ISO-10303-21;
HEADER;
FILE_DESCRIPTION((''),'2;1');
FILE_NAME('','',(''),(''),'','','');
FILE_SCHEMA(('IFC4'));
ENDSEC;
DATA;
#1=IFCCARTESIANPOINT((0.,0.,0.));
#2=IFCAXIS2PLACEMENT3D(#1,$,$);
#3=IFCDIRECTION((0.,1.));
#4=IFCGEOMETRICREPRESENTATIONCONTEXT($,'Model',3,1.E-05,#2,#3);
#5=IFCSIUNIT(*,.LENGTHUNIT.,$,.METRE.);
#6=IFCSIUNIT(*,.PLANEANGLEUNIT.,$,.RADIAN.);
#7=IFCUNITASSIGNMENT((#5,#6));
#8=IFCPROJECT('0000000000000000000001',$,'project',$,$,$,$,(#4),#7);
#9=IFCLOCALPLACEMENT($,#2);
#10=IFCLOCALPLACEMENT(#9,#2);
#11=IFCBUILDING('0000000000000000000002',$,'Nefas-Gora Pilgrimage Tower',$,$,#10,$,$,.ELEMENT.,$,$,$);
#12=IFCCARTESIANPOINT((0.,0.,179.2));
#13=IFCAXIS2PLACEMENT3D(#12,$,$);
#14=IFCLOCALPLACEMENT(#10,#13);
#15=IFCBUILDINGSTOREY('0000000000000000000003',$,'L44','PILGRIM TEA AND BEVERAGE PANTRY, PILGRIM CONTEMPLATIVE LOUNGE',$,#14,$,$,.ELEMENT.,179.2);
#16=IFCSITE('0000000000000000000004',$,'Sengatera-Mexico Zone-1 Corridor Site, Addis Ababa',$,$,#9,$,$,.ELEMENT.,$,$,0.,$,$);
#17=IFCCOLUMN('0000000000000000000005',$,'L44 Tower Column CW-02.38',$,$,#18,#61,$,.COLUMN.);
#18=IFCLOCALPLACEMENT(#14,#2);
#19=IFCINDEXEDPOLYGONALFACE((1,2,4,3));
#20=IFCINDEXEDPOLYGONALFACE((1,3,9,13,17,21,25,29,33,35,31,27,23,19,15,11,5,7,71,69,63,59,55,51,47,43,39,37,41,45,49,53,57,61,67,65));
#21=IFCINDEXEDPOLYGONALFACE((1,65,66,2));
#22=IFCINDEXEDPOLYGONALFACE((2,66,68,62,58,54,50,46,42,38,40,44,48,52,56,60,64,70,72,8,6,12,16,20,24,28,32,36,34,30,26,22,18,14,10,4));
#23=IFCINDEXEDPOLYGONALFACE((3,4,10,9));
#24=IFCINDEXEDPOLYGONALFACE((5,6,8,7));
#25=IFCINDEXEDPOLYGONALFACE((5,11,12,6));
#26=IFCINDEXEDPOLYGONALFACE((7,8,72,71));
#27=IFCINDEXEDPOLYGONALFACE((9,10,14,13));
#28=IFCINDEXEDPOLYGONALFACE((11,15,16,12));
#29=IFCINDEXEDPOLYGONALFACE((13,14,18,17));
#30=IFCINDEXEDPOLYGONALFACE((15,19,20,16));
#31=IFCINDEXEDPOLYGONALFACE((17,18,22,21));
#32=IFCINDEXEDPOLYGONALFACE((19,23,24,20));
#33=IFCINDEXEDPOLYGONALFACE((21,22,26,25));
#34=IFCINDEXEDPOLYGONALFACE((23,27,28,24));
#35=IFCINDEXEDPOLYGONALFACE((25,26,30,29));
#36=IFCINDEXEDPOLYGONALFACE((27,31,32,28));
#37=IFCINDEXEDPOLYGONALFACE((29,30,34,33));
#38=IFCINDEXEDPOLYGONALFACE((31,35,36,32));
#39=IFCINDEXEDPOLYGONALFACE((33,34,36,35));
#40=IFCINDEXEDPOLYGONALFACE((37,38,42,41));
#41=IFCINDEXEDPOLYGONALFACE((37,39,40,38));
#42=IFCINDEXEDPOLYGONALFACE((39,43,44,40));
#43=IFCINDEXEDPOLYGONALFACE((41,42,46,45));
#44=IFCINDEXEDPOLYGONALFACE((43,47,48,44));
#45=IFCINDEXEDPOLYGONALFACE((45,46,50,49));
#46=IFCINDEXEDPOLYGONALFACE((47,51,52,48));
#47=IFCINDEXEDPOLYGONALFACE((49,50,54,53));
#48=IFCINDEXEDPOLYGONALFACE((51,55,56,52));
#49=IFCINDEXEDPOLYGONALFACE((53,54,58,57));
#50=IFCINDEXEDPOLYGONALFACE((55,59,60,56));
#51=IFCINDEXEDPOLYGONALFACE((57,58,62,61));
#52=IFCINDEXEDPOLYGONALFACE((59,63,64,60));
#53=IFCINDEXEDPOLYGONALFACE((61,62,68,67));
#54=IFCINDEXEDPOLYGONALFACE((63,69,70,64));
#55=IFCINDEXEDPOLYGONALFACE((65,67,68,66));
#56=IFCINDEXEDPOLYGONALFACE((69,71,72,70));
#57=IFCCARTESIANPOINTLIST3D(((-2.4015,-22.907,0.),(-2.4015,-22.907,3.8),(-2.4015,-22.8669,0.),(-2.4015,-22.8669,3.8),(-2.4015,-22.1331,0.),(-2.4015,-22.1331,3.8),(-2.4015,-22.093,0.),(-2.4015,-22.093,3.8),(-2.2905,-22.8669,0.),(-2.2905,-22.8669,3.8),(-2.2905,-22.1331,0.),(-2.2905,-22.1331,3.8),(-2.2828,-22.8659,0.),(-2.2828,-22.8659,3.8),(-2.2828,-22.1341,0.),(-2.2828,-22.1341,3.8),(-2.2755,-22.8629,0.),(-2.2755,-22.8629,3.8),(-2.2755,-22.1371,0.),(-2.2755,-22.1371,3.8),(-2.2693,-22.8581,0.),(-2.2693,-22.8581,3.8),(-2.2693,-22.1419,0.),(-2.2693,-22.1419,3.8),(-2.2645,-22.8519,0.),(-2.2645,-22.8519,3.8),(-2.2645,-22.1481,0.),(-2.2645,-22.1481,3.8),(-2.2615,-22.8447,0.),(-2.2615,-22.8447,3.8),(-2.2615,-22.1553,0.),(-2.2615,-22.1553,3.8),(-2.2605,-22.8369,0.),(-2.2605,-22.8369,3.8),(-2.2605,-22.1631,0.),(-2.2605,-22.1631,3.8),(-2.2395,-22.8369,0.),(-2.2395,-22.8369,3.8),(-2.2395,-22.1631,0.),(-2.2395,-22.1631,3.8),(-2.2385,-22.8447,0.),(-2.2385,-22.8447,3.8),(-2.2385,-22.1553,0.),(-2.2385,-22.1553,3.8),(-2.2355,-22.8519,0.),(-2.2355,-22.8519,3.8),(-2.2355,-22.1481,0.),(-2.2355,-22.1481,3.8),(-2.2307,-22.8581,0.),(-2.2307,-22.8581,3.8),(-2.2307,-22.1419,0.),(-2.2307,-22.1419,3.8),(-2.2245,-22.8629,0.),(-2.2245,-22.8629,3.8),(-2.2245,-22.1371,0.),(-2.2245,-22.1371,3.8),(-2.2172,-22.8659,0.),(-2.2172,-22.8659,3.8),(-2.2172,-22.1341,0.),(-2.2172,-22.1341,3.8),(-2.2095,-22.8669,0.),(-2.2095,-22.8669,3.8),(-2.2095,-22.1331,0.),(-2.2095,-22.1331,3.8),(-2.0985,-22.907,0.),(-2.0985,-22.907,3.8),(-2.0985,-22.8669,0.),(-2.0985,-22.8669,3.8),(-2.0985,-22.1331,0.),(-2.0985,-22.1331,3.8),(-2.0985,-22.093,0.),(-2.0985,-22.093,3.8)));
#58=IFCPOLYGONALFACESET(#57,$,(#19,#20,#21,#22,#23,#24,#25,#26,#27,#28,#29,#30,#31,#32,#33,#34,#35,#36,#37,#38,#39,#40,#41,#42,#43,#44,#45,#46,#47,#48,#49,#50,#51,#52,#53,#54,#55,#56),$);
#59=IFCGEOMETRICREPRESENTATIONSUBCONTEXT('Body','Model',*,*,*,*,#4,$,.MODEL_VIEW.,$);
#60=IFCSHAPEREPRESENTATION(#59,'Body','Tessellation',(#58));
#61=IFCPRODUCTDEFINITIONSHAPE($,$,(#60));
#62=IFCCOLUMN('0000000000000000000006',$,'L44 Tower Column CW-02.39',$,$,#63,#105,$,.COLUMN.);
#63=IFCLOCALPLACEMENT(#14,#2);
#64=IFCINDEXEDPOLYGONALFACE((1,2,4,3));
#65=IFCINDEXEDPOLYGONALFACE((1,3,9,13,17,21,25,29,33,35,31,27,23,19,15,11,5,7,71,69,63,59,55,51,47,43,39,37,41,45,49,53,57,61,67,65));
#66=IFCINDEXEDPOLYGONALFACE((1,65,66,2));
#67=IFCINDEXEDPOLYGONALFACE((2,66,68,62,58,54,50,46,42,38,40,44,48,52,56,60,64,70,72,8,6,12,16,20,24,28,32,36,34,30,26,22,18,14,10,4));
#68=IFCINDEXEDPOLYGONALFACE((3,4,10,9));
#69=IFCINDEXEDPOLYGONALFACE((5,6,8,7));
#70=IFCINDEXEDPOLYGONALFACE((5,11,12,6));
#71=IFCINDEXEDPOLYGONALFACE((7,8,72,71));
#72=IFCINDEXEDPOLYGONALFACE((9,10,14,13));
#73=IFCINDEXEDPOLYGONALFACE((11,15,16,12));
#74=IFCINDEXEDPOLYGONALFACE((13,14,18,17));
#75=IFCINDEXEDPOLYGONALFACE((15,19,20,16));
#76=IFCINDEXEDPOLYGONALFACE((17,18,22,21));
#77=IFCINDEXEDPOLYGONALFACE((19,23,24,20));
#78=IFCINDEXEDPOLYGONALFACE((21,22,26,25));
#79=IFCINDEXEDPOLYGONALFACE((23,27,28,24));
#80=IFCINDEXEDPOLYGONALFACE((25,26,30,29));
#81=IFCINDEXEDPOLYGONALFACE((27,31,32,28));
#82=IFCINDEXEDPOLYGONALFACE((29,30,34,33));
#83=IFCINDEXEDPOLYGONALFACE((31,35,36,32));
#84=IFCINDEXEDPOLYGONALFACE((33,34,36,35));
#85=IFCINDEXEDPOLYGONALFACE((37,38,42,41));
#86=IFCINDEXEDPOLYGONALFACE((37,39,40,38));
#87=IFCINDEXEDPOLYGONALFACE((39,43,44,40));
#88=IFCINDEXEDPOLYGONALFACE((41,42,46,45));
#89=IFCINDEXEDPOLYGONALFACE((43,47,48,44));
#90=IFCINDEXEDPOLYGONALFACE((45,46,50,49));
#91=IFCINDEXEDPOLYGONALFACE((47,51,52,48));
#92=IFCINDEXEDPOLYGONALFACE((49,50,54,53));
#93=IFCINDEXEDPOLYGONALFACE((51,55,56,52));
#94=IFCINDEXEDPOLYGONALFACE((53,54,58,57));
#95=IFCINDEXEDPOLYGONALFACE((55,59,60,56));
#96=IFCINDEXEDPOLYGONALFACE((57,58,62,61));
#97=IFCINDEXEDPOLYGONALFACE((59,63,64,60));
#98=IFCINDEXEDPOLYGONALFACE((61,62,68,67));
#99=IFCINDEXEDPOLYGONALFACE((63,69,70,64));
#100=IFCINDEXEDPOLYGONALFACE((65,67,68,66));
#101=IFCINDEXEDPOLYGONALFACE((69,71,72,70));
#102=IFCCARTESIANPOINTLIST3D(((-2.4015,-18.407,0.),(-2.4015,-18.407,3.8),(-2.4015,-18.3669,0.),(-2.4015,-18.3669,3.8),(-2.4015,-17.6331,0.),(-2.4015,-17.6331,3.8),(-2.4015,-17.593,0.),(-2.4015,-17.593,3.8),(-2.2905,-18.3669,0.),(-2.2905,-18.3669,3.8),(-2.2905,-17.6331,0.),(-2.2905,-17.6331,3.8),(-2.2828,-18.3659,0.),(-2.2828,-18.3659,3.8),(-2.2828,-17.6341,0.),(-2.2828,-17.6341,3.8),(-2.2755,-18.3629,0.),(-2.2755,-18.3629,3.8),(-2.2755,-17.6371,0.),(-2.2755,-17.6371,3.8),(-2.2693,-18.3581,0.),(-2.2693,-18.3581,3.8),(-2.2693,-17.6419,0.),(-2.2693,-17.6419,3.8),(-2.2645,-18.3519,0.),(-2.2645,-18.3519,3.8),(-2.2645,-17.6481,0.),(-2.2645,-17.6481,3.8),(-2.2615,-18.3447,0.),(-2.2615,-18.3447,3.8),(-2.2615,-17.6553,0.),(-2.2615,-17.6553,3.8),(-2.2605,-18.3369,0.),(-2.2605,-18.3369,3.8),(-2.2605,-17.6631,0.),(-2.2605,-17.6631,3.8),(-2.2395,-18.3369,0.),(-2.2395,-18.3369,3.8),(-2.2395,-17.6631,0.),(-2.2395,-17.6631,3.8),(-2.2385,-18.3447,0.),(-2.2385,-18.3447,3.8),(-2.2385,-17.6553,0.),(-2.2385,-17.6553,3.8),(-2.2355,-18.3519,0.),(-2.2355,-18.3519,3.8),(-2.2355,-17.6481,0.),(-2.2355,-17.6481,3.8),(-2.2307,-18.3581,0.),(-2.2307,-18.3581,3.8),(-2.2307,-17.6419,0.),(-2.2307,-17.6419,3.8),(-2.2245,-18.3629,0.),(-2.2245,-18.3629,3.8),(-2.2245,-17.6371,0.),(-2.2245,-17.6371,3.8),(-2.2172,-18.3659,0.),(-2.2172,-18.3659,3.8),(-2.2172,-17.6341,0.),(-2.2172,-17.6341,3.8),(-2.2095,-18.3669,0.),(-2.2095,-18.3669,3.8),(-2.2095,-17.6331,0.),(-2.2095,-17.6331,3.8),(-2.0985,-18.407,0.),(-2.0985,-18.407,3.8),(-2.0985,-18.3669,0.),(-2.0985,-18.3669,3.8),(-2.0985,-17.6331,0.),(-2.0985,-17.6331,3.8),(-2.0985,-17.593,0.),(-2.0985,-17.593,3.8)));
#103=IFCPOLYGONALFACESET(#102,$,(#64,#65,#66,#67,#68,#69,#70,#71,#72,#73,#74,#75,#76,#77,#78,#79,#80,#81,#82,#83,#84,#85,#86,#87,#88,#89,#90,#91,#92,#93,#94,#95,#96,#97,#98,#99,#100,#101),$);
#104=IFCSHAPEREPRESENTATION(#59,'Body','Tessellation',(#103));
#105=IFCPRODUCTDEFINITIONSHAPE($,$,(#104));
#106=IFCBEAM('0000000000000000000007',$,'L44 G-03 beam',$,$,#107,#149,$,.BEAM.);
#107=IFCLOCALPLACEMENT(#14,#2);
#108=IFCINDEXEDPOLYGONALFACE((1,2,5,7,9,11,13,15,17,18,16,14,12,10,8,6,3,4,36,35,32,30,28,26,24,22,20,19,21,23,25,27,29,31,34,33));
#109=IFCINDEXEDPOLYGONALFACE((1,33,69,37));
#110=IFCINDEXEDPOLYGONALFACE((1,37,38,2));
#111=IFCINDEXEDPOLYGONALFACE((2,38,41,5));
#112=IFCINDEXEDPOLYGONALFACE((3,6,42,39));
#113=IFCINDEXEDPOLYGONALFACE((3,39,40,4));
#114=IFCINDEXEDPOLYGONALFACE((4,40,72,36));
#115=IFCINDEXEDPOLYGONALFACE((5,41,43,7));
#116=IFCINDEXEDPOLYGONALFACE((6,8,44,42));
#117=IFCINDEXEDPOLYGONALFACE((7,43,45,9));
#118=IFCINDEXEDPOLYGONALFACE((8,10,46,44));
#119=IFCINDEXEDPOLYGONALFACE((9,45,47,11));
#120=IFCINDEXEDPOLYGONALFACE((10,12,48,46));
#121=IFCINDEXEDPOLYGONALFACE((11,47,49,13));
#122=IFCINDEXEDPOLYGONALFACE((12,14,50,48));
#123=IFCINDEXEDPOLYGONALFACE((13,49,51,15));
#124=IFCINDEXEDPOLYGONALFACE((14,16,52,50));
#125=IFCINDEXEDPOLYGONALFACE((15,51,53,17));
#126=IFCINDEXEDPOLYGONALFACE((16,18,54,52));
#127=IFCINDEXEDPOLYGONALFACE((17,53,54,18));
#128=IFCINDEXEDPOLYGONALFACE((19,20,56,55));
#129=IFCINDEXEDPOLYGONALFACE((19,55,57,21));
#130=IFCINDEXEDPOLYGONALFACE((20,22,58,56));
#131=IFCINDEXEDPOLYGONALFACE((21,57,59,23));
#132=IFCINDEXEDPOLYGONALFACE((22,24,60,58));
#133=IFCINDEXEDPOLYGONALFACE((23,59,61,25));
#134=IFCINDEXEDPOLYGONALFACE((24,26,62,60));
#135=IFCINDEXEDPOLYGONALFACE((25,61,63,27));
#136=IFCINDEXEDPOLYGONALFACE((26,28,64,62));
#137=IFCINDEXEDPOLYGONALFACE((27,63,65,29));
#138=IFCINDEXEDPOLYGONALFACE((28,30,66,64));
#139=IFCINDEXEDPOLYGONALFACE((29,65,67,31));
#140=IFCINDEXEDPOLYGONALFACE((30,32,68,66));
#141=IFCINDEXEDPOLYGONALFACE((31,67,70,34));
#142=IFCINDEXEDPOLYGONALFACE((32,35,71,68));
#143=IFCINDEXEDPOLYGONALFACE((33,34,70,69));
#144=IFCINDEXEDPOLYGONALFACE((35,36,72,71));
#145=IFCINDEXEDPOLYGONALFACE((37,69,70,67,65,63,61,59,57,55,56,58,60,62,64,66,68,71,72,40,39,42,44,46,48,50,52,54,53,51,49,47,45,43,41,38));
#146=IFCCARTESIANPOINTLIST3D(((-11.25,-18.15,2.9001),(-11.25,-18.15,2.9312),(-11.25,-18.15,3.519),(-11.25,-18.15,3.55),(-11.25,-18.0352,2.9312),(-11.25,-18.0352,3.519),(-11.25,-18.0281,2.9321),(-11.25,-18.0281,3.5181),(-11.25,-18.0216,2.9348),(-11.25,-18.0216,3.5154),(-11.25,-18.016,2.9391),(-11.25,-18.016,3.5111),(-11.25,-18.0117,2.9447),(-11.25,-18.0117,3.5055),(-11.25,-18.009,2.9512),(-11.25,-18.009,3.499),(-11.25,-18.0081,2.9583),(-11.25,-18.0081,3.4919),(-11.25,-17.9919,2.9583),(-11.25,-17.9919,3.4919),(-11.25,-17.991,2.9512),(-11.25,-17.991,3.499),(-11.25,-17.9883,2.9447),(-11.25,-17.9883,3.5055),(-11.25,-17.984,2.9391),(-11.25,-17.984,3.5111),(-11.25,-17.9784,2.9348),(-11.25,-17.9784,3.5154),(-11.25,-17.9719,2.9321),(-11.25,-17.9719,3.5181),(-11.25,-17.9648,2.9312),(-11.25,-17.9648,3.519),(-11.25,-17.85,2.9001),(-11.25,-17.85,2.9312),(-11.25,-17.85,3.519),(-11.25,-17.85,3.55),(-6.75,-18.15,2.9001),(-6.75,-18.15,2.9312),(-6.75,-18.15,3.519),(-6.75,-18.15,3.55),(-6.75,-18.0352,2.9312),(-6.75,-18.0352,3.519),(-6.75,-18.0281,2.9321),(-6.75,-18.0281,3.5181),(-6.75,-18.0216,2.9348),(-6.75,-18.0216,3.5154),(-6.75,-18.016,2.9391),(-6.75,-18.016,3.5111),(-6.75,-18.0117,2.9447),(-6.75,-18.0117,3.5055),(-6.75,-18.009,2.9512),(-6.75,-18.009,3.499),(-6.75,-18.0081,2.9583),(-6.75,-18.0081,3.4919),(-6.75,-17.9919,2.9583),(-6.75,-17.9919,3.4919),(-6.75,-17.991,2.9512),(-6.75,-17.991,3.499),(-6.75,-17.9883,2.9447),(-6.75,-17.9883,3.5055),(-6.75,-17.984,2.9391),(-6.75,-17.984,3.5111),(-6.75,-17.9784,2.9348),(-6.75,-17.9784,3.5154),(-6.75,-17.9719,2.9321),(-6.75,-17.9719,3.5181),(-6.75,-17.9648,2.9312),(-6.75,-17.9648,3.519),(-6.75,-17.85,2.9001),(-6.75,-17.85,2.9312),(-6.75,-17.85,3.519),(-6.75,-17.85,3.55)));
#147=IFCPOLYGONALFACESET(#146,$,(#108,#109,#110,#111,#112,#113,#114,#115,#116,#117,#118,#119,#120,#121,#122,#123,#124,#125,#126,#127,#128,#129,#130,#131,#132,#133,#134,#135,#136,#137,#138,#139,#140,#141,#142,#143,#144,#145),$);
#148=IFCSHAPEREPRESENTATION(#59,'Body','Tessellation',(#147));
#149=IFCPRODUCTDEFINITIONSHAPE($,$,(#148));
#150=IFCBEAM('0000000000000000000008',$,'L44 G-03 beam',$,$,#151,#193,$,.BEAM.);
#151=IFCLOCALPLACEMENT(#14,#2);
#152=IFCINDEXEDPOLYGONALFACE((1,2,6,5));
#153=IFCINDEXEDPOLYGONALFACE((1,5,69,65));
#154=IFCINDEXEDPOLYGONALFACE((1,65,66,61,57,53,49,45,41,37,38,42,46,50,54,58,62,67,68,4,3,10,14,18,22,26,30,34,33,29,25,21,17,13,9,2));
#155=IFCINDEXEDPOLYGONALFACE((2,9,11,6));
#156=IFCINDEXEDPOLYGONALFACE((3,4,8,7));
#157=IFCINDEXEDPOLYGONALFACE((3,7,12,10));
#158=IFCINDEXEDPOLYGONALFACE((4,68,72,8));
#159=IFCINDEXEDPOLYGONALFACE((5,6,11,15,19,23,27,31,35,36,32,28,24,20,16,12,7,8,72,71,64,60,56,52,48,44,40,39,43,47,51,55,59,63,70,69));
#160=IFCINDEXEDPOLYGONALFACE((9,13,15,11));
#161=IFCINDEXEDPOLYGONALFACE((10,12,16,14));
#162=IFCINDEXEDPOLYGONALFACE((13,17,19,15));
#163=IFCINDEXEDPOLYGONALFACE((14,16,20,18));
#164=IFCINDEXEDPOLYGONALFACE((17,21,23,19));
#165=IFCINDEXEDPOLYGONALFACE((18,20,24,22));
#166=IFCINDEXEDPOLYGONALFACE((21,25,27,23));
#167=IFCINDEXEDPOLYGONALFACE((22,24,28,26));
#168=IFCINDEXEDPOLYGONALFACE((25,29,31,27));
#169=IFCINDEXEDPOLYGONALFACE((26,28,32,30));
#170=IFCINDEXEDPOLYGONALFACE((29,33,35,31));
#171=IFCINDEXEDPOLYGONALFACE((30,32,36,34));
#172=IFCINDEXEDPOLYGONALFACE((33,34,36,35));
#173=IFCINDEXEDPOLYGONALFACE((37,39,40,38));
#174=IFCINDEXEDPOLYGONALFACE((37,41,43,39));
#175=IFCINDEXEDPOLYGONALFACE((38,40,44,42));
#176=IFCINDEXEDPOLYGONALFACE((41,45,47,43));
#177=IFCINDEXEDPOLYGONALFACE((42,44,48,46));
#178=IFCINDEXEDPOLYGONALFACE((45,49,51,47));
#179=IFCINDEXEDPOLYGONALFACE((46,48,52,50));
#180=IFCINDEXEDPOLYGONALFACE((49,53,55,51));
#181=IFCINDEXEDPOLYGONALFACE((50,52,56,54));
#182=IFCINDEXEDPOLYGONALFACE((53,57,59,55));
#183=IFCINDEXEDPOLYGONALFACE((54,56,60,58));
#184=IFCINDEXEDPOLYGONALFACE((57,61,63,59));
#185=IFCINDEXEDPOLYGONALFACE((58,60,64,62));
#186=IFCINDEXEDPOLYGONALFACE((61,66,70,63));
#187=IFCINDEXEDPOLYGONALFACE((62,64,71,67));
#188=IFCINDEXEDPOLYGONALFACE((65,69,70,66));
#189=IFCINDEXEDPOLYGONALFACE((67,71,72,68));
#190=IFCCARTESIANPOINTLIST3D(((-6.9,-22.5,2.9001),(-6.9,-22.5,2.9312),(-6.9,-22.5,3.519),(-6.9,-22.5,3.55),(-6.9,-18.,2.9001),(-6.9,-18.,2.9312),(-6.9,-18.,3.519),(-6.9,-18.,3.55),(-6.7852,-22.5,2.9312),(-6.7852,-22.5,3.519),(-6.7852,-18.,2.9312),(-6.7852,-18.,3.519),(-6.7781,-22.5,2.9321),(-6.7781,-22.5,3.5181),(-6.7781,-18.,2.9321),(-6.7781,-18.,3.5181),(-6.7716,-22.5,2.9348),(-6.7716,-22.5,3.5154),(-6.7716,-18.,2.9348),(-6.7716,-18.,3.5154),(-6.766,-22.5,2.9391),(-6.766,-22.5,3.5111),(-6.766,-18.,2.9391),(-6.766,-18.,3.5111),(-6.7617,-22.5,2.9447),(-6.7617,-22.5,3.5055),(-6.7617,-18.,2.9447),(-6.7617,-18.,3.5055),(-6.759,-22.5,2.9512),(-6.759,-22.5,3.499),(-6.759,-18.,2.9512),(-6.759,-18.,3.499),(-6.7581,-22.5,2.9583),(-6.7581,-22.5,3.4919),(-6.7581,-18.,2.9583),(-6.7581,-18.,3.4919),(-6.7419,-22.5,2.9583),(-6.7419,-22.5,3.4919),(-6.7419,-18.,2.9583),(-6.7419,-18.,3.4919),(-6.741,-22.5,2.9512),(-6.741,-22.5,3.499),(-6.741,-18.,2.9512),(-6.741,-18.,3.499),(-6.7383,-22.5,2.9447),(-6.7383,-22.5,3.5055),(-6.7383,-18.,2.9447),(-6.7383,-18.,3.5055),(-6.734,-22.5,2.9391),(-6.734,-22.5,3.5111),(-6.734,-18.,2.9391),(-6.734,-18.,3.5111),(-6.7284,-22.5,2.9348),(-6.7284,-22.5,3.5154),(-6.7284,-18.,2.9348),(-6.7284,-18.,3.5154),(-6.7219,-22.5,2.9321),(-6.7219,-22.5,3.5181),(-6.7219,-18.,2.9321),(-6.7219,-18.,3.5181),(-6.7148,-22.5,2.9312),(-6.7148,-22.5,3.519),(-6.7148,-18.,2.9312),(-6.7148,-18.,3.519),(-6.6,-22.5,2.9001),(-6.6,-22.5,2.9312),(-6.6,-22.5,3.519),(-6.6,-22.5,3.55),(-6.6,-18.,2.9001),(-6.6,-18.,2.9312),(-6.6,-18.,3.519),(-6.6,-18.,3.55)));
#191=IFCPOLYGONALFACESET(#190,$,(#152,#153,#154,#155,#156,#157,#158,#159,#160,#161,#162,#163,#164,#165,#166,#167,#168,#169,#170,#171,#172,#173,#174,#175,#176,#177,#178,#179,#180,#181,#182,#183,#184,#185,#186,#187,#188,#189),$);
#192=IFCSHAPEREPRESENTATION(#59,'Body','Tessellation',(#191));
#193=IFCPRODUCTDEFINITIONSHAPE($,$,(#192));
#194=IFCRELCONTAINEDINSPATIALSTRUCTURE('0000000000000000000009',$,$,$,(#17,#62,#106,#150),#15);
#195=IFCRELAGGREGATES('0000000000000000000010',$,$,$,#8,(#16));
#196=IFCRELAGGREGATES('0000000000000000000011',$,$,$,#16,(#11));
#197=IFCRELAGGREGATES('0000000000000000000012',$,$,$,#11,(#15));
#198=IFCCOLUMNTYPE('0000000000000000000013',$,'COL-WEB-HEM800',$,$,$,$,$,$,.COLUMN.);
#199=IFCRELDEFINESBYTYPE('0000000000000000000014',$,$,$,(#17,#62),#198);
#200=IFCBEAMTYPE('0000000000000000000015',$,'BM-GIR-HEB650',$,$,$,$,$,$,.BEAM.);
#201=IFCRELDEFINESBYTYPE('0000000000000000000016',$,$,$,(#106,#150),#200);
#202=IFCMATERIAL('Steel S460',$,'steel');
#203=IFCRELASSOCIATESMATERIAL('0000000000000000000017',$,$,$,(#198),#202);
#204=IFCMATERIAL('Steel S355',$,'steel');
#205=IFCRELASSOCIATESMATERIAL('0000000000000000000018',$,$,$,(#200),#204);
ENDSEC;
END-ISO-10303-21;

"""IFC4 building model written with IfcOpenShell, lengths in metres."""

from ifc_helpers import new_model, si_unit, direction, frame, origin, origin_2d, place, context, subcontext, project, spatial, i_section, extrude, source, transform, mapped, material, material_profile, profile_set, type_object, element, save


model = new_model("IFC4")

# Units and contexts
model_context = context("Model", 3, precision=1e-05, world=origin(), true_north=direction((0.0, 1.0)))
body_context = subcontext(model_context, "Body", "Model", "MODEL_VIEW")
ifc_project = project(units=[si_unit("LENGTHUNIT", "METRE"), si_unit("PLANEANGLEUNIT", "RADIAN")], contexts=[model_context])

# Site, building, storey
site_placement = place(None, origin())
site = spatial("IfcSite", under=ifc_project, at=site_placement, Name="Sengatera-Mexico Zone-1 Corridor Site, Addis Ababa", CompositionType="ELEMENT", RefElevation=0.0)
building_placement = place(site_placement, origin())
building = spatial("IfcBuilding", under=site, at=building_placement, Name="Nefas-Gora Pilgrimage Tower", CompositionType="ELEMENT")
storey_placement = place(building_placement, frame((0.0, 0.0, 179.2)))
storey = spatial("IfcBuildingStorey", under=building, at=storey_placement, Name="L44", Description="PILGRIM TEA AND BEVERAGE PANTRY, PILGRIM CONTEMPLATIVE LOUNGE", CompositionType="ELEMENT", Elevation=179.2)

# Columns
ifc_material_1 = material(Name="Steel S460", Category="steel")
ifc_material_profile_1 = material_profile(ifc_material_1, i_section(OverallWidth=0.303, OverallDepth=0.814, WebThickness=0.021, FlangeThickness=0.04, FilletRadius=0.03, at=origin_2d()), Name="HEM 800")
ifc_profile_set_1 = profile_set([ifc_material_profile_1], Name="Steel S460")
column_type_1 = type_object("IfcColumnType", Name="COL-WEB-HEM800", PredefinedType="COLUMN", material=ifc_profile_set_1)
shared_shape_1 = source(origin(), body_context, "Body", "SweptSolid", [
    extrude(i_section(OverallWidth=0.303, OverallDepth=0.814, WebThickness=0.021, FlangeThickness=0.04, FilletRadius=0.03, at=origin_2d()), origin(), (0.0, 0.0, 1.0), 3.8),
])
for number, where, z_axis, x_axis, name in (
    (1, (-2.25, -22.5, 0.0), (0.0, 0.0, 1.0), (1.0, 0.0, 0.0), "L44 Tower Column CW-02.38"),
    (2, (-2.25, -18.0, 0.0), (0.0, 0.0, 1.0), (1.0, 0.0, 0.0), "L44 Tower Column CW-02.39"),
):
    element("IfcColumn", number, at=place(storey_placement, frame(where, z_axis=z_axis, x_axis=x_axis)), inside=storey, type_object=column_type_1, Name=name, PredefinedType="COLUMN", context=body_context, shape_type="MappedRepresentation", body=[
        mapped(shared_shape_1, transform((0.0, 0.0, 0.0), x_axis=(1.0, 0.0, 0.0), y_axis=(0.0, 1.0, 0.0), z_axis=(0.0, 0.0, 1.0), scale=1.0)),
    ])

# Beams
ifc_material_2 = material(Name="Steel S355", Category="steel")
ifc_material_profile_2 = material_profile(ifc_material_2, i_section(OverallWidth=0.3, OverallDepth=0.6499, WebThickness=0.0161, FlangeThickness=0.031, FilletRadius=0.0271, at=origin_2d()), Name="HEB 650")
ifc_profile_set_2 = profile_set([ifc_material_profile_2], Name="Steel S355")
beam_type = type_object("IfcBeamType", Name="BM-GIR-HEB650", PredefinedType="BEAM", material=ifc_profile_set_2)
shared_shape_2 = source(origin(), body_context, "Body", "SweptSolid", [
    extrude(i_section(OverallWidth=0.3, OverallDepth=0.6499, WebThickness=0.0161, FlangeThickness=0.031, FilletRadius=0.0271, at=origin_2d()), origin(), (0.0, 0.0, 1.0), 4.5),
])
for number, where, z_axis, x_axis, name in (
    (3, (-11.25, -18.0, 3.2251), (1.0, 0.0, 0.0), (0.0, 1.0, 0.0), "L44 G-03 beam"),
    (4, (-6.75, -22.5, 3.2251), (0.0, 1.0, 0.0), (-1.0, 0.0, 0.0), "L44 G-03 beam"),
):
    element("IfcBeam", number, at=place(storey_placement, frame(where, z_axis=z_axis, x_axis=x_axis)), inside=storey, type_object=beam_type, Name=name, PredefinedType="BEAM", context=body_context, shape_type="MappedRepresentation", body=[
        mapped(shared_shape_2, transform((0.0, 0.0, 0.0), x_axis=(1.0, 0.0, 0.0), y_axis=(0.0, 1.0, 0.0), z_axis=(0.0, 0.0, 1.0), scale=1.0)),
    ])

save(model, "model.ifc")
